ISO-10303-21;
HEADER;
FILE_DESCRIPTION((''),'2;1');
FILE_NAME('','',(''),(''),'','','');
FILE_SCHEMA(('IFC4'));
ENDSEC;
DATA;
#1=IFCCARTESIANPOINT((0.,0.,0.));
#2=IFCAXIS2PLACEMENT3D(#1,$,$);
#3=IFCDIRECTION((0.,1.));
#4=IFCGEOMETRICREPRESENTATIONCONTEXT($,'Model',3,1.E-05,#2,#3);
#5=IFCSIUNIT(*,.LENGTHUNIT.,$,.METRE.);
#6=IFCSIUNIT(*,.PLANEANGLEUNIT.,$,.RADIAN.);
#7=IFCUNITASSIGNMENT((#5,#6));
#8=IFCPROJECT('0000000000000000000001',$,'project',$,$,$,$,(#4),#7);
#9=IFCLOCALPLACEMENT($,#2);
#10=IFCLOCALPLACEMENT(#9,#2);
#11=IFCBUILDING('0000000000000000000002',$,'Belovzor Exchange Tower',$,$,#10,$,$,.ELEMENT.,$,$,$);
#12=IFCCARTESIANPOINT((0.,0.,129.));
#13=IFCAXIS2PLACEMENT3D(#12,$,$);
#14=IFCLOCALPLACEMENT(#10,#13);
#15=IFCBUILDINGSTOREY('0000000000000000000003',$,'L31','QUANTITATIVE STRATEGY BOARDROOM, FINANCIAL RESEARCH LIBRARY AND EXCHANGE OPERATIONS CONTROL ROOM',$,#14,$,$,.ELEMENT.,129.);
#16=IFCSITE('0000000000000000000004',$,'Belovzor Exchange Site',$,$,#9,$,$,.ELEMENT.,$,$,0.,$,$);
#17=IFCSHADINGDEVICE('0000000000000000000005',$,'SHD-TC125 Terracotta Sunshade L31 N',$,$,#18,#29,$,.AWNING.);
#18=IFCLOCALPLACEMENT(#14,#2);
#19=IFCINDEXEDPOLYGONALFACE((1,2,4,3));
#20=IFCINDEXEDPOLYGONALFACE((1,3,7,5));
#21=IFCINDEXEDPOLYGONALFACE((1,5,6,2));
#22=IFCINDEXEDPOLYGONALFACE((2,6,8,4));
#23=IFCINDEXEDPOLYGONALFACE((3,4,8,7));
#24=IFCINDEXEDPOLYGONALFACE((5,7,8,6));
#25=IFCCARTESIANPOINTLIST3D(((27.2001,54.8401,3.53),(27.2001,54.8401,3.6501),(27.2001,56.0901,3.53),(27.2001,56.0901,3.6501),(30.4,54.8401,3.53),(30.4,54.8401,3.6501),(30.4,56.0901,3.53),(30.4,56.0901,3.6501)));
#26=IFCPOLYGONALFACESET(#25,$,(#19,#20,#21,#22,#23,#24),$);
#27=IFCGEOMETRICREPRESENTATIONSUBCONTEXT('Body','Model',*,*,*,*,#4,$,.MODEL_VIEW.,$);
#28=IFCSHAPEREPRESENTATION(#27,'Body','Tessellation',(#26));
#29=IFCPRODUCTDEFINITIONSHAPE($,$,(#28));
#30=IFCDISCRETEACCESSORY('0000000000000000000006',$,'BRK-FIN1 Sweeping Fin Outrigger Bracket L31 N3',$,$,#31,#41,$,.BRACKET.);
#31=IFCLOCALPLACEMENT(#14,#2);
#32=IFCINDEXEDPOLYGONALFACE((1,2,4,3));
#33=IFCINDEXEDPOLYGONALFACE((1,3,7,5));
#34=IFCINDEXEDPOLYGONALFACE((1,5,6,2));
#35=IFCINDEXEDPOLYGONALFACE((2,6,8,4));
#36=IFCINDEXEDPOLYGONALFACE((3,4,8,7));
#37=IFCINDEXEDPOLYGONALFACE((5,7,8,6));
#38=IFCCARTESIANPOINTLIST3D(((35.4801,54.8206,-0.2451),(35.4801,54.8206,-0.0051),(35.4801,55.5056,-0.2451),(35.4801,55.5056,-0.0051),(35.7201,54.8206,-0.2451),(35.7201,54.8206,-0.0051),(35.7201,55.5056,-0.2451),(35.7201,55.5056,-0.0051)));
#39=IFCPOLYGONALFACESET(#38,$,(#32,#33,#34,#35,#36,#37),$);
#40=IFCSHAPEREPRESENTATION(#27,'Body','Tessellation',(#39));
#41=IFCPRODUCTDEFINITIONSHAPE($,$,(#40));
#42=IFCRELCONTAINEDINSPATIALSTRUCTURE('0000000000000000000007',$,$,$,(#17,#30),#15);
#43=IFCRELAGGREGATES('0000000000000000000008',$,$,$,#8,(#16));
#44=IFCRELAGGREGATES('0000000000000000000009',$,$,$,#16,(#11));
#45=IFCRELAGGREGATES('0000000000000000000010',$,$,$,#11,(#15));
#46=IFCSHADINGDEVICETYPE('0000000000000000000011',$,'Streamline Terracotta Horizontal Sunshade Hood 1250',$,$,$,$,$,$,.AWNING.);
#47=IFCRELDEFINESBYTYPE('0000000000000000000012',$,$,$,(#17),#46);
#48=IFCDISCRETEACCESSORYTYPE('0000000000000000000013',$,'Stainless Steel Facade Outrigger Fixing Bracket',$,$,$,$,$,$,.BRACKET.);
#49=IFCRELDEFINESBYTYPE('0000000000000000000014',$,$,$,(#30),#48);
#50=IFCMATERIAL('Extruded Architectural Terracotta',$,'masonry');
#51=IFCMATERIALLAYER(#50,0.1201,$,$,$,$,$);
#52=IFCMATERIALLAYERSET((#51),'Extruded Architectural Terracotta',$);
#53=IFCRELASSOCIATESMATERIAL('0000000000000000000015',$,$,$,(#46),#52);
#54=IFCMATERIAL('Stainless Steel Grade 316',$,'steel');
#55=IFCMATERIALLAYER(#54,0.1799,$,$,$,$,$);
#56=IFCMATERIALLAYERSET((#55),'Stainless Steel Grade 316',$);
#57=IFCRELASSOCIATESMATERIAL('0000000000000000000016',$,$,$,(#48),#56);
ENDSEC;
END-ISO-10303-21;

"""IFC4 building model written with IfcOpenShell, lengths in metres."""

from ifc_helpers import new_model, si_unit, direction, frame, origin, origin_2d, place, context, subcontext, project, spatial, rectangle, extrude, material, layer, layer_set, type_object, element, save


model = new_model("IFC4")

# Units and contexts
model_context = context("Model", 3, precision=1e-05, world=origin(), true_north=direction((0.0, 1.0)))
body_context = subcontext(model_context, "Body", "Model", "MODEL_VIEW")
ifc_project = project(units=[si_unit("LENGTHUNIT", "METRE"), si_unit("PLANEANGLEUNIT", "RADIAN")], contexts=[model_context])

# Site, building, storey
site_placement = place(None, origin())
site = spatial("IfcSite", under=ifc_project, at=site_placement, Name="Belovzor Exchange Site", CompositionType="ELEMENT", RefElevation=0.0)
building_placement = place(site_placement, origin())
building = spatial("IfcBuilding", under=site, at=building_placement, Name="Belovzor Exchange Tower", CompositionType="ELEMENT")
storey_placement = place(building_placement, frame((0.0, 0.0, 129.0)))
storey = spatial("IfcBuildingStorey", under=building, at=storey_placement, Name="L31", Description="QUANTITATIVE STRATEGY BOARDROOM, FINANCIAL RESEARCH LIBRARY AND EXCHANGE OPERATIONS CONTROL ROOM", CompositionType="ELEMENT", Elevation=129.0)

# Shading device
ifc_material_1 = material(Name="Extruded Architectural Terracotta", Category="masonry")
ifc_layer_1 = layer(ifc_material_1, 0.1201)
ifc_layer_set_1 = layer_set([ifc_layer_1], Name="Extruded Architectural Terracotta")
shading_device_type = type_object("IfcShadingDeviceType", Name="Streamline Terracotta Horizontal Sunshade Hood 1250", PredefinedType="AWNING", material=ifc_layer_set_1)
shading_device_placement = place(storey_placement, frame((28.8, 55.4651, 3.53), z_axis=(0.0, 0.0, 1.0), x_axis=(1.0, 0.0, 0.0)))
element("IfcShadingDevice", 1, at=shading_device_placement, inside=storey, type_object=shading_device_type, Name="SHD-TC125 Terracotta Sunshade L31 N", PredefinedType="AWNING", context=body_context, shape_type="SweptSolid", body=[
    extrude(rectangle(XDim=3.2, YDim=1.25, at=origin_2d()), origin(), (0.0, 0.0, 1.0), 0.1201),
])

# Discrete accessory
ifc_material_2 = material(Name="Stainless Steel Grade 316", Category="steel")
ifc_layer_2 = layer(ifc_material_2, 0.1799)
ifc_layer_set_2 = layer_set([ifc_layer_2], Name="Stainless Steel Grade 316")
discrete_accessory_type = type_object("IfcDiscreteAccessoryType", Name="Stainless Steel Facade Outrigger Fixing Bracket", PredefinedType="BRACKET", material=ifc_layer_set_2)
discrete_accessory_placement = place(storey_placement, frame((35.6001, 55.1631, -0.2451), z_axis=(0.0, 0.0, 1.0), x_axis=(0.0, 1.0, 0.0)))
element("IfcDiscreteAccessory", 2, at=discrete_accessory_placement, inside=storey, type_object=discrete_accessory_type, Name="BRK-FIN1 Sweeping Fin Outrigger Bracket L31 N3", PredefinedType="BRACKET", context=body_context, shape_type="SweptSolid", body=[
    extrude(rectangle(XDim=0.6851, YDim=0.24, at=origin_2d()), origin(), (0.0, 0.0, 1.0), 0.24),
])

save(model, "model.ifc")
